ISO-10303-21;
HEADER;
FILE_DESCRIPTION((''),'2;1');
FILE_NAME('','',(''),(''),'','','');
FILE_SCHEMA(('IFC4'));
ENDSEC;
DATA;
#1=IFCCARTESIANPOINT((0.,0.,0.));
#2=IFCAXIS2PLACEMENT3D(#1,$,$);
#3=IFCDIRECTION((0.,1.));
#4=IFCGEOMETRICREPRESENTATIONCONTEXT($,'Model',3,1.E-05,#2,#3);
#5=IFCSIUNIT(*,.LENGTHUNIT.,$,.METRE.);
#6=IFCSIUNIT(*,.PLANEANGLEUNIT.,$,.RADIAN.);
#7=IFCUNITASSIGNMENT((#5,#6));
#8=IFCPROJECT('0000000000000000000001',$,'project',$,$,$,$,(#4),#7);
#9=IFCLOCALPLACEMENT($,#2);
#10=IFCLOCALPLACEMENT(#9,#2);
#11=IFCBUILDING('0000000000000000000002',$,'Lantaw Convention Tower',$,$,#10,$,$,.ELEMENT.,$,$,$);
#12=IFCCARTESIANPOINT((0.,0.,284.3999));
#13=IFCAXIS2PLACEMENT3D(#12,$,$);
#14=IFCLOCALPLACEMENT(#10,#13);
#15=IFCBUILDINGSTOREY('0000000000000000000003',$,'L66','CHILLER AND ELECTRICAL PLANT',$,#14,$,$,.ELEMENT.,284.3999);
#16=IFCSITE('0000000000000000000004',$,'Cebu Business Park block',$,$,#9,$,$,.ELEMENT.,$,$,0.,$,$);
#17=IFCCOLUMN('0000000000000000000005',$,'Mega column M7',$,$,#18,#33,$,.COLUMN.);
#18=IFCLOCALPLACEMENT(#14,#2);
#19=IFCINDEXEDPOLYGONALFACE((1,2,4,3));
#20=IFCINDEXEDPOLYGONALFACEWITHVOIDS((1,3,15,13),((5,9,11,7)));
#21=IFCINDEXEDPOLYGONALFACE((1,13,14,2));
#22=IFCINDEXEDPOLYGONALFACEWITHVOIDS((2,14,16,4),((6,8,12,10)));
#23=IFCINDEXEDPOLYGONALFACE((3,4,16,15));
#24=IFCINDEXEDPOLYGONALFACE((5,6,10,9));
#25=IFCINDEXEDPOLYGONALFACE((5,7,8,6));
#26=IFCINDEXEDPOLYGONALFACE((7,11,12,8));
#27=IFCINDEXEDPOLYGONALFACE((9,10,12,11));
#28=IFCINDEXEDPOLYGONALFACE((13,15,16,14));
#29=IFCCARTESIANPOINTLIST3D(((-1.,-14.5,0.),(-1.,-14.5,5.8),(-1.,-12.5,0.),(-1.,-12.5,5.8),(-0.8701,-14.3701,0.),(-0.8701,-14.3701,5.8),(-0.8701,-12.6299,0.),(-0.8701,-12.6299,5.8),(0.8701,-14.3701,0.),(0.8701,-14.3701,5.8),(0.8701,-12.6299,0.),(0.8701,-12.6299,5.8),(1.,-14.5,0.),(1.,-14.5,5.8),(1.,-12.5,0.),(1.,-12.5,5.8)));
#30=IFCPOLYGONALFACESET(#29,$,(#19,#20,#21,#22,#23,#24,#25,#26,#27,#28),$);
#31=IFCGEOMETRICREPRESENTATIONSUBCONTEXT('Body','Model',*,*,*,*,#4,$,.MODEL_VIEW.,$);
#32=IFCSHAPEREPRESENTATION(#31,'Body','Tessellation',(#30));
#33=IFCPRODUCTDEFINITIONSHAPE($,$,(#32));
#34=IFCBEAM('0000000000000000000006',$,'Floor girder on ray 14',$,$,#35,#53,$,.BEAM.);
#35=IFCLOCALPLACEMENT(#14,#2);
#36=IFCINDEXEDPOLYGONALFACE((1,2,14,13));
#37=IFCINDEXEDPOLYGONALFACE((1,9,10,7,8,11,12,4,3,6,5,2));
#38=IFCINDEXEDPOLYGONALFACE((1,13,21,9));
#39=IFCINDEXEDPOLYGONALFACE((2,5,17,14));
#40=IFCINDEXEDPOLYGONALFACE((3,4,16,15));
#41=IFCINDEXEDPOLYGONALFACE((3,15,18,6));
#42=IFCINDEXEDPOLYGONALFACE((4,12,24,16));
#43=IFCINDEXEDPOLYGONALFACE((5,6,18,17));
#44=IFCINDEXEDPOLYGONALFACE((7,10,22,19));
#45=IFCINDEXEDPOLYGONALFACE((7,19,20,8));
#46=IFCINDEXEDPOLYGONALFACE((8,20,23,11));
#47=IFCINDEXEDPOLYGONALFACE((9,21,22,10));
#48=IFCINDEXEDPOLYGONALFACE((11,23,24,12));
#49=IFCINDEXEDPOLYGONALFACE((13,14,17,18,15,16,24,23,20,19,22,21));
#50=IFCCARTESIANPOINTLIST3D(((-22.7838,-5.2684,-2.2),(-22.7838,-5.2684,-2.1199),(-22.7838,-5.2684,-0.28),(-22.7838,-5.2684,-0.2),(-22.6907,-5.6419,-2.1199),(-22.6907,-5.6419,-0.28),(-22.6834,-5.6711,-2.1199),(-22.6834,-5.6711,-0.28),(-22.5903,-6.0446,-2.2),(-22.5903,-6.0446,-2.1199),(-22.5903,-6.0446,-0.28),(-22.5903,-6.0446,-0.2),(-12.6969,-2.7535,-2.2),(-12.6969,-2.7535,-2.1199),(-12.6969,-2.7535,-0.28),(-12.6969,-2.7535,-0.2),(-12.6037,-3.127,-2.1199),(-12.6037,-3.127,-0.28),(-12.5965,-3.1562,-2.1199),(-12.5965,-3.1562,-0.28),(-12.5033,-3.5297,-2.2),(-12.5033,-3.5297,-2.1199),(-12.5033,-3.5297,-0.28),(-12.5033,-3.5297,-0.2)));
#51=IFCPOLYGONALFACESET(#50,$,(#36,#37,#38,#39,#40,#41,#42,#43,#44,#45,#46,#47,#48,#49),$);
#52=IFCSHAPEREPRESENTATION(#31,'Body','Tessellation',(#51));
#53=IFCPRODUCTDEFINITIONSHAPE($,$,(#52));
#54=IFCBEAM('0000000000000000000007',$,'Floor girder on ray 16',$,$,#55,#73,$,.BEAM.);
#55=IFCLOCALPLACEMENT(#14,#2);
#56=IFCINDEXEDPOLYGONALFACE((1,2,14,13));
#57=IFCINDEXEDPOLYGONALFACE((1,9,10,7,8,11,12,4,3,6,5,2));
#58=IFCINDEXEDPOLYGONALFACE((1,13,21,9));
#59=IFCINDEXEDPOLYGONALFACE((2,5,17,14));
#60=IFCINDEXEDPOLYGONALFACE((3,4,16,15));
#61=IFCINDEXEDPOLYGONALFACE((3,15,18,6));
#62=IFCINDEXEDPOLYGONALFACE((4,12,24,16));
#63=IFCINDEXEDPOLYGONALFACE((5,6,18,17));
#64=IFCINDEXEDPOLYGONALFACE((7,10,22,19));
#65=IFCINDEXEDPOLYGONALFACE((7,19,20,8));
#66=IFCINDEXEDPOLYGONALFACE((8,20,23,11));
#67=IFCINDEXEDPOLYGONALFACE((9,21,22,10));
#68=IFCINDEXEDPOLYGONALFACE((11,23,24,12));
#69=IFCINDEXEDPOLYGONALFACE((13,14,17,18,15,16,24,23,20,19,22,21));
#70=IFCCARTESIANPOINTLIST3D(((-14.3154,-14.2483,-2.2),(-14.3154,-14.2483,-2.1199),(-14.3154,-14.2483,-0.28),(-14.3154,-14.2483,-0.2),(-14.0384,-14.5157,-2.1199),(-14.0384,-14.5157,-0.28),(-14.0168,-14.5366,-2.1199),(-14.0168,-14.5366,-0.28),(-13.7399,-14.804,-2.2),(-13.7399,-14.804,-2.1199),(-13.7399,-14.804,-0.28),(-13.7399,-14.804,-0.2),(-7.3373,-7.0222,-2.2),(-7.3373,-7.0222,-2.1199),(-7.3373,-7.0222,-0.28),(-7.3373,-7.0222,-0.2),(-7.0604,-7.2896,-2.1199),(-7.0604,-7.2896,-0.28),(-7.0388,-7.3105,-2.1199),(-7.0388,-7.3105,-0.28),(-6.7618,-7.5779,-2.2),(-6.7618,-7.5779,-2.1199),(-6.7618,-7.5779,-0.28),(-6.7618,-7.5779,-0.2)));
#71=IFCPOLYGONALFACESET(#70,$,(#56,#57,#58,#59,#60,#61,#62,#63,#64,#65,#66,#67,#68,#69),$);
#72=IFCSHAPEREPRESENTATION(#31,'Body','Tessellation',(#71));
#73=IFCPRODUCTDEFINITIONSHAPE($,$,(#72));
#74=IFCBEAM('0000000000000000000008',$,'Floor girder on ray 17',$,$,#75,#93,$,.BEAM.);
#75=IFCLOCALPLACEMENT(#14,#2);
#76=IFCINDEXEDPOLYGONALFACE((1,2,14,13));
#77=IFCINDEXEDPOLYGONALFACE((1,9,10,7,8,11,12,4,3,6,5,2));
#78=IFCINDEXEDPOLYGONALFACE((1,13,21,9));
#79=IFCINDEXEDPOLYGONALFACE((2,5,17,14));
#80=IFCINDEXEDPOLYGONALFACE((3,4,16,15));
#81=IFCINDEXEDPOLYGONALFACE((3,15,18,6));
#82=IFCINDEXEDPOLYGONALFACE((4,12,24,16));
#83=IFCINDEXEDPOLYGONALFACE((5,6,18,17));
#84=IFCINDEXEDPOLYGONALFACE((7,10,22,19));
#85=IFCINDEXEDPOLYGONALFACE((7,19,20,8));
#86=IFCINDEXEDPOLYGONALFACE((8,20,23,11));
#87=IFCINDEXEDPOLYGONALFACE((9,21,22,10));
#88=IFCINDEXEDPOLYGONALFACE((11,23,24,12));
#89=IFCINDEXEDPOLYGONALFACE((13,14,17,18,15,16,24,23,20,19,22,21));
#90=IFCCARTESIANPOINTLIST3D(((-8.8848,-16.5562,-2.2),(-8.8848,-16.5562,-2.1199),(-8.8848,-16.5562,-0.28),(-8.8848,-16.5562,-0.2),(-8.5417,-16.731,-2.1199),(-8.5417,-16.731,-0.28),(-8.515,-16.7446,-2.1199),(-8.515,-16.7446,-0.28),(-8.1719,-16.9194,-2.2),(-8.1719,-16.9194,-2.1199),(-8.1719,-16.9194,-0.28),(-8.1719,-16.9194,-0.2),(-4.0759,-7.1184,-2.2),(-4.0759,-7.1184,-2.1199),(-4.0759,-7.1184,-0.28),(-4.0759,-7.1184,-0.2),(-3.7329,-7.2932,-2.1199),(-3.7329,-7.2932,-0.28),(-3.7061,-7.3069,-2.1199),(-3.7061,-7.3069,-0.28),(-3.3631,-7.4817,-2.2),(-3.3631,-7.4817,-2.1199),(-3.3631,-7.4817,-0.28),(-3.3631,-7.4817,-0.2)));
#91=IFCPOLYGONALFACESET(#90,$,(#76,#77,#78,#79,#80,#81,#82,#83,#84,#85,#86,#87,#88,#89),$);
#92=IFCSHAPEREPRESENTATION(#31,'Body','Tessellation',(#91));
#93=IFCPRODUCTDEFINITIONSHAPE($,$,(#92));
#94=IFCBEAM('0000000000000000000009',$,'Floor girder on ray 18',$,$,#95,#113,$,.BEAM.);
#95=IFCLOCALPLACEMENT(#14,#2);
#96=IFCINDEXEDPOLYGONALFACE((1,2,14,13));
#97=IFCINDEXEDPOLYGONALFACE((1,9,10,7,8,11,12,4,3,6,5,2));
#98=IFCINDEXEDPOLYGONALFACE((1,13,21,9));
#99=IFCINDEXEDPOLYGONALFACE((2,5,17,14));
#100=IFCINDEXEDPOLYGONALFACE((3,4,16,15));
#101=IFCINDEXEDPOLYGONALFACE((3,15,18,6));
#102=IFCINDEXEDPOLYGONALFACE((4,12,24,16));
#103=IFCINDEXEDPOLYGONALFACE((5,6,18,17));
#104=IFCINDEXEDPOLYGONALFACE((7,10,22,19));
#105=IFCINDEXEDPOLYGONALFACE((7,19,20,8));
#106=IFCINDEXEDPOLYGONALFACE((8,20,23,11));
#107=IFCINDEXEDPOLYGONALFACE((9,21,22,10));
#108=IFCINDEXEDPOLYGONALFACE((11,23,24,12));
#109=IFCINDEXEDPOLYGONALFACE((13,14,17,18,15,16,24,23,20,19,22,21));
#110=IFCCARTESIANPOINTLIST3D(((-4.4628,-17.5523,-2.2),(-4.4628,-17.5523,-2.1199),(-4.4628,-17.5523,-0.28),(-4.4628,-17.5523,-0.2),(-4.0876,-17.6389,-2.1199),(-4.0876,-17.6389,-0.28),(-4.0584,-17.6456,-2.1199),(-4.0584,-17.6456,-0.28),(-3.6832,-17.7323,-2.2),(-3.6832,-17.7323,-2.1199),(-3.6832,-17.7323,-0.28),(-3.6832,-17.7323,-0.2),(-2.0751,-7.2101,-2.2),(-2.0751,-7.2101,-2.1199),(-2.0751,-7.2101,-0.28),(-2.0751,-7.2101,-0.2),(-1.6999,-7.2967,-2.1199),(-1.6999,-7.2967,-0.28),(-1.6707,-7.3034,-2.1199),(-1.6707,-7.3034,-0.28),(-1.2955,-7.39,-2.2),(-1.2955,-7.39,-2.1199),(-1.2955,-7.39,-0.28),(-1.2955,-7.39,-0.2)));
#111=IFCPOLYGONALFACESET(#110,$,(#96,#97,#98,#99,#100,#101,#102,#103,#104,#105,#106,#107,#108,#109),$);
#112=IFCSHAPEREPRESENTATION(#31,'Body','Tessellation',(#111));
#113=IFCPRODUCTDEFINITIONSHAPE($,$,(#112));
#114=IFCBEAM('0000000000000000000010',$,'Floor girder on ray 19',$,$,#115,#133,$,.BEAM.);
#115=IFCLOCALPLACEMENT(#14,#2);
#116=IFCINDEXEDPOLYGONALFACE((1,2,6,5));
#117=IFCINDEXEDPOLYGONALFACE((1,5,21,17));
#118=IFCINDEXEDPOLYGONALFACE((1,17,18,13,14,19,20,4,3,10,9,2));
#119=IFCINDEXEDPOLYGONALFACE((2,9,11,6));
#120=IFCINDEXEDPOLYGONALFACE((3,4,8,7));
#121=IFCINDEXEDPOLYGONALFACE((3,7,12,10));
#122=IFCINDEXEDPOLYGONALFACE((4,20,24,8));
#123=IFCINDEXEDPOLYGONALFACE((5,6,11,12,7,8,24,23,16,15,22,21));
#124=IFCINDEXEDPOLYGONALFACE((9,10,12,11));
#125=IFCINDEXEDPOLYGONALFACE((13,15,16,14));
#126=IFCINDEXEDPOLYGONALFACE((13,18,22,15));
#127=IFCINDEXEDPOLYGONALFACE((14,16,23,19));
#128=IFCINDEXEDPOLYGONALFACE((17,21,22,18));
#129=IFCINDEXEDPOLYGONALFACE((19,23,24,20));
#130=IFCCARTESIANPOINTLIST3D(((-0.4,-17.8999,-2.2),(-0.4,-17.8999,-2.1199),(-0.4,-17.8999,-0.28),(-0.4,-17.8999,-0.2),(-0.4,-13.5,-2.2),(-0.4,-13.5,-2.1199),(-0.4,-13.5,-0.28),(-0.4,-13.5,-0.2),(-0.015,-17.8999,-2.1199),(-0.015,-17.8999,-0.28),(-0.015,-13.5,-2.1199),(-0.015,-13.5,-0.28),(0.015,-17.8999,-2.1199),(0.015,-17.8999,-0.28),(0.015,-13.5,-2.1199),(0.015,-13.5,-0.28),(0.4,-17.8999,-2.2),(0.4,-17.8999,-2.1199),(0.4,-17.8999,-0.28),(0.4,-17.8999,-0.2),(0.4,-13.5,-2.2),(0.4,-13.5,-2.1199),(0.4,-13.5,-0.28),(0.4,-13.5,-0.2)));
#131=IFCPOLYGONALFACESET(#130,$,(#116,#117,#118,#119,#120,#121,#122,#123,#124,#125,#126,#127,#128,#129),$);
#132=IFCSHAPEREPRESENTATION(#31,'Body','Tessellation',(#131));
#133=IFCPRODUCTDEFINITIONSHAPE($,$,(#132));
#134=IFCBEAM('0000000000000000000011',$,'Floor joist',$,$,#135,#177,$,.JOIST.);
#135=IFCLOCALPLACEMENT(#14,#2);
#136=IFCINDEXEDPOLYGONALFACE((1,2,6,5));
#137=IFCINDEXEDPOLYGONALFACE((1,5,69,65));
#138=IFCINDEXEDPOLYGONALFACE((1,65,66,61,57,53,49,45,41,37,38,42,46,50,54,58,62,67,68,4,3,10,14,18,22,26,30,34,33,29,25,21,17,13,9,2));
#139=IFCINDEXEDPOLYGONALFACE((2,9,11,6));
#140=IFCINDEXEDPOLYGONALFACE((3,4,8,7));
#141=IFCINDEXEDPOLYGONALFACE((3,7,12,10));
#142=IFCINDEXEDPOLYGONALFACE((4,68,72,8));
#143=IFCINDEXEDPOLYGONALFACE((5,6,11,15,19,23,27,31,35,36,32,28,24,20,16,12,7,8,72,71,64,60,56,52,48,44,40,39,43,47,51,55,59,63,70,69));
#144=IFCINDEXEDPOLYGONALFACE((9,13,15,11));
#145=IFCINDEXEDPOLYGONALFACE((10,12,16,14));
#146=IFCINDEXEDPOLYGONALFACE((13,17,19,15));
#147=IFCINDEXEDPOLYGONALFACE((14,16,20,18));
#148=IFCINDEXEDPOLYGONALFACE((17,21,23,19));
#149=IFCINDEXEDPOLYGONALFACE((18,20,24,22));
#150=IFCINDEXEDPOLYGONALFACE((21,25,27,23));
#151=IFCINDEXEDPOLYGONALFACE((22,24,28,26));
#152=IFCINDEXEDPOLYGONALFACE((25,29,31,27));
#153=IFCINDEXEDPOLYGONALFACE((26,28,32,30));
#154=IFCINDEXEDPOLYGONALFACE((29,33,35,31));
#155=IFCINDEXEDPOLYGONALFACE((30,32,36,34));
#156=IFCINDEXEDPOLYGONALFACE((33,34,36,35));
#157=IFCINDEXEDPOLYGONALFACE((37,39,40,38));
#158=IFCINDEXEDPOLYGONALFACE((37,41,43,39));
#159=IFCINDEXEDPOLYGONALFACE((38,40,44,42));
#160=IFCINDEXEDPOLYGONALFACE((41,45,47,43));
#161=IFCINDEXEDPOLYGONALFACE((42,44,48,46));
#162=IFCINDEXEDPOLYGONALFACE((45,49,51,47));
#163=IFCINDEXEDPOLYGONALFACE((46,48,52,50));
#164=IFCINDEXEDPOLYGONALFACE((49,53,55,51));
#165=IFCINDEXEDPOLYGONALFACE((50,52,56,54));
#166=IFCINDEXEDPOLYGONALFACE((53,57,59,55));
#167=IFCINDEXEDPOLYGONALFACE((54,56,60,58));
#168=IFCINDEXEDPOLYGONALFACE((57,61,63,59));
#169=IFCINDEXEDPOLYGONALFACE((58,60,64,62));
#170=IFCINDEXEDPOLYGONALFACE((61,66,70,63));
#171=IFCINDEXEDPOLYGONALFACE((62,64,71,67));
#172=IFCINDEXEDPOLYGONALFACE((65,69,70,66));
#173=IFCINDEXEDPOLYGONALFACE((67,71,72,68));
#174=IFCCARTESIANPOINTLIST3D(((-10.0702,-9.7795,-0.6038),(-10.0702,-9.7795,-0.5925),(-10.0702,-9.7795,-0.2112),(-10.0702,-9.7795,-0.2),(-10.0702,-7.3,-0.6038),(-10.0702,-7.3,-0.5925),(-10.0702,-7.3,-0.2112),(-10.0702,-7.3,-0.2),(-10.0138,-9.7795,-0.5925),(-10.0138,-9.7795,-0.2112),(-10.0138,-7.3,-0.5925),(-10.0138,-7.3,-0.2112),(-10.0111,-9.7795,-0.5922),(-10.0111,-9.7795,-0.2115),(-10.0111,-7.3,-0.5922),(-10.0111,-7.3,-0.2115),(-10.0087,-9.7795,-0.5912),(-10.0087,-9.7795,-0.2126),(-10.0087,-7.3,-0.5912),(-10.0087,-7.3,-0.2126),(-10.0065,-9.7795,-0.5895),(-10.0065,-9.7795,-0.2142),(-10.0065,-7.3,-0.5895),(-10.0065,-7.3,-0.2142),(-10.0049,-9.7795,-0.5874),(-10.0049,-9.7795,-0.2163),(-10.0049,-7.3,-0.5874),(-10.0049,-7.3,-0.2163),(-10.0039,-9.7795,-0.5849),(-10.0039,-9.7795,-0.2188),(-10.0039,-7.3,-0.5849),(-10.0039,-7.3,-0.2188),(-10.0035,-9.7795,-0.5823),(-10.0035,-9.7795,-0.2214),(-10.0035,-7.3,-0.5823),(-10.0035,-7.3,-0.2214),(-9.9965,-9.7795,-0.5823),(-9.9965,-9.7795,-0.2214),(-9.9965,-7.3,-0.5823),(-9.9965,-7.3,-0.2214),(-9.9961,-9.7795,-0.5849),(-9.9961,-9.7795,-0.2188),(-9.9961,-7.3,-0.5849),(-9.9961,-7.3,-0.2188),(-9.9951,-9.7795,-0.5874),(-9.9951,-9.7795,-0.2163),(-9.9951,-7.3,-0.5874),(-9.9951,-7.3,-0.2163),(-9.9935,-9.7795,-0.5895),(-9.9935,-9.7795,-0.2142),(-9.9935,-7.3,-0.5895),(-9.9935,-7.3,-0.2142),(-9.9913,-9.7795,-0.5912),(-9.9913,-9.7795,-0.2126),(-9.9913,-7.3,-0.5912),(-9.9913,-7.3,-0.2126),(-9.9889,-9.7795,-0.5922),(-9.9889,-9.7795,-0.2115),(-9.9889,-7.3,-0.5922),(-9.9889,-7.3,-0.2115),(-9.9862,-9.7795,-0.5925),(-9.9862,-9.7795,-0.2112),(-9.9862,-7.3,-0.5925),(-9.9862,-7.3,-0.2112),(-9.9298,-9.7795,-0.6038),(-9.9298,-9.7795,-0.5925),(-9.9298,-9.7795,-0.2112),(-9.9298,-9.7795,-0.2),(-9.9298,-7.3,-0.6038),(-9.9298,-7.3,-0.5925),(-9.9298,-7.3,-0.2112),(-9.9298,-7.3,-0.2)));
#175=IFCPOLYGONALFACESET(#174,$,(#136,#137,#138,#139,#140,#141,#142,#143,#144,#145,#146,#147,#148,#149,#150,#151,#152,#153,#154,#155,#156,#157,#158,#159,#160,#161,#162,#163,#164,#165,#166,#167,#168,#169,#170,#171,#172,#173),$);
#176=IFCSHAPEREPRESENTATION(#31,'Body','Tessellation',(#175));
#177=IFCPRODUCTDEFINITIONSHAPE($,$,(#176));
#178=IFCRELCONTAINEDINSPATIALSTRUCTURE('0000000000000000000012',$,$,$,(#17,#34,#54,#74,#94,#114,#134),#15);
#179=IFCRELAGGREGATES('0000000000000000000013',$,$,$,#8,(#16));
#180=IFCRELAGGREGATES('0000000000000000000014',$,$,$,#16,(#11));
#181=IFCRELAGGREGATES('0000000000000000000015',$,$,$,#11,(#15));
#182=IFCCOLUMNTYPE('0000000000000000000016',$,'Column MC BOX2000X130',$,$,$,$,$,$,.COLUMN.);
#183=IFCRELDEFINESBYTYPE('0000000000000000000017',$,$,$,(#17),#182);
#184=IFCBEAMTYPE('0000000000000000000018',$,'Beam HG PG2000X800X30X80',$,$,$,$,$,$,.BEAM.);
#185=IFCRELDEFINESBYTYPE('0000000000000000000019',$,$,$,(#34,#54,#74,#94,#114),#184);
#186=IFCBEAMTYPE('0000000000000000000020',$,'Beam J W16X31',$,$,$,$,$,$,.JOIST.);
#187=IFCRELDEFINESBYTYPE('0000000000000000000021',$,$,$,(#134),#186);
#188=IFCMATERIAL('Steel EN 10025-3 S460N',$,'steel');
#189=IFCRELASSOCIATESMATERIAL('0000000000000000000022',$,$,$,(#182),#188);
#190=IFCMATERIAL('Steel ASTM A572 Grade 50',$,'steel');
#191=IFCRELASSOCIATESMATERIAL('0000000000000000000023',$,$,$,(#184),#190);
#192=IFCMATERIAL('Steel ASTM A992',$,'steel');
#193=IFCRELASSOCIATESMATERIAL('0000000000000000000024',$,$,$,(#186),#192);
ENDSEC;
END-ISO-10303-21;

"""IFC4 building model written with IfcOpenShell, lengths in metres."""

from ifc_helpers import new_model, si_unit, direction, frame, origin, origin_2d, place, context, subcontext, project, spatial, rectangle, hollow_rectangle, i_section, extrude, material, material_profile, profile_set, type_object, element, save


model = new_model("IFC4")

# Units and contexts
model_context = context("Model", 3, precision=1e-05, world=origin(), true_north=direction((0.0, 1.0)))
body_context = subcontext(model_context, "Body", "Model", "MODEL_VIEW")
ifc_project = project(units=[si_unit("LENGTHUNIT", "METRE"), si_unit("PLANEANGLEUNIT", "RADIAN")], contexts=[model_context])

# Site, building, storey
site_placement = place(None, origin())
site = spatial("IfcSite", under=ifc_project, at=site_placement, Name="Cebu Business Park block", CompositionType="ELEMENT", RefElevation=0.0)
building_placement = place(site_placement, origin())
building = spatial("IfcBuilding", under=site, at=building_placement, Name="Lantaw Convention Tower", CompositionType="ELEMENT")
storey_placement = place(building_placement, frame((0.0, 0.0, 284.3999)))
storey = spatial("IfcBuildingStorey", under=building, at=storey_placement, Name="L66", Description="CHILLER AND ELECTRICAL PLANT", CompositionType="ELEMENT", Elevation=284.3999)

# Column
ifc_material_1 = material(Name="Steel EN 10025-3 S460N", Category="steel")
ifc_material_profile_1 = material_profile(ifc_material_1, hollow_rectangle(XDim=2.0, YDim=2.0, WallThickness=0.1299, at=origin_2d()), Name="BOX2000X130")
ifc_material_2 = material(Name="Concrete C60/75", Category="concrete")
ifc_material_profile_2 = material_profile(ifc_material_2, rectangle(XDim=1.74, YDim=1.74, at=origin_2d()), Name="Concrete fill of BOX2000X130")
ifc_profile_set_1 = profile_set([ifc_material_profile_1, ifc_material_profile_2], Name="Steel EN 10025-3 S460N")
column_type = type_object("IfcColumnType", Name="Column MC BOX2000X130", PredefinedType="COLUMN", material=ifc_profile_set_1)
column_placement = place(storey_placement, frame((0.0, -13.5, 0.0), z_axis=(0.0, 0.0, 1.0), x_axis=(1.0, 0.0, 0.0)))
element("IfcColumn", 1, at=column_placement, inside=storey, type_object=column_type, Name="Mega column M7", PredefinedType="COLUMN", context=body_context, shape_type="SweptSolid", body=[
    extrude(hollow_rectangle(XDim=2.0, YDim=2.0, WallThickness=0.1299, at=origin_2d()), origin(), (0.0, 0.0, 1.0), 5.8),
])

# Beams
ifc_material_3 = material(Name="Steel ASTM A572 Grade 50", Category="steel")
ifc_material_profile_3 = material_profile(ifc_material_3, i_section(OverallWidth=0.8, OverallDepth=2.0, WebThickness=0.03, FlangeThickness=0.0801, at=origin_2d()), Name="PG2000X800X30X80")
ifc_profile_set_2 = profile_set([ifc_material_profile_3], Name="Steel ASTM A572 Grade 50")
beam_type_1 = type_object("IfcBeamType", Name="Beam HG PG2000X800X30X80", PredefinedType="BEAM", material=ifc_profile_set_2)
beam_1_placement = place(storey_placement, frame((-12.6001, -3.1416, -1.2), z_axis=(-0.970297, -0.241917, 0.0), x_axis=(0.241917, -0.970297, 0.0)))
element("IfcBeam", 2, at=beam_1_placement, inside=storey, type_object=beam_type_1, Name="Floor girder on ray 14", PredefinedType="BEAM", context=body_context, shape_type="SweptSolid", body=[
    extrude(i_section(OverallWidth=0.8, OverallDepth=2.0, WebThickness=0.03, FlangeThickness=0.0801, at=origin_2d()), origin(), (0.0, 0.0, 1.0), 10.3958),
])
beam_2_placement = place(storey_placement, frame((-7.0496, -7.3, -1.2), z_axis=(-0.694653, -0.719345, 0.0), x_axis=(0.719345, -0.694653, 0.0)))
element("IfcBeam", 3, at=beam_2_placement, inside=storey, type_object=beam_type_1, Name="Floor girder on ray 16", PredefinedType="BEAM", context=body_context, shape_type="SweptSolid", body=[
    extrude(i_section(OverallWidth=0.8, OverallDepth=2.0, WebThickness=0.03, FlangeThickness=0.0801, at=origin_2d()), origin(), (0.0, 0.0, 1.0), 10.0454),
])
beam_3_placement = place(storey_placement, frame((-3.7195, -7.3, -1.2), z_axis=(-0.453996, -0.891004, 0.0), x_axis=(0.891004, -0.453996, 0.0)))
element("IfcBeam", 4, at=beam_3_placement, inside=storey, type_object=beam_type_1, Name="Floor girder on ray 17", PredefinedType="BEAM", context=body_context, shape_type="SweptSolid", body=[
    extrude(i_section(OverallWidth=0.8, OverallDepth=2.0, WebThickness=0.03, FlangeThickness=0.0801, at=origin_2d()), origin(), (0.0, 0.0, 1.0), 10.5923),
])
beam_4_placement = place(storey_placement, frame((-1.6853, -7.3, -1.2), z_axis=(-0.22495, -0.97437, 0.0), x_axis=(0.97437, -0.22495, 0.0)))
element("IfcBeam", 5, at=beam_4_placement, inside=storey, type_object=beam_type_1, Name="Floor girder on ray 18", PredefinedType="BEAM", context=body_context, shape_type="SweptSolid", body=[
    extrude(i_section(OverallWidth=0.8, OverallDepth=2.0, WebThickness=0.03, FlangeThickness=0.0801, at=origin_2d()), origin(), (0.0, 0.0, 1.0), 10.6143),
])
beam_5_placement = place(storey_placement, frame((0.0, -13.5, -1.2), z_axis=(0.0, -1.0, 0.0), x_axis=(1.0, 0.0, 0.0)))
element("IfcBeam", 6, at=beam_5_placement, inside=storey, type_object=beam_type_1, Name="Floor girder on ray 19", PredefinedType="BEAM", context=body_context, shape_type="SweptSolid", body=[
    extrude(i_section(OverallWidth=0.8, OverallDepth=2.0, WebThickness=0.03, FlangeThickness=0.0801, at=origin_2d()), origin(), (0.0, 0.0, 1.0), 4.3999),
])
ifc_material_4 = material(Name="Steel ASTM A992", Category="steel")
ifc_material_profile_4 = material_profile(ifc_material_4, i_section(OverallWidth=0.1404, OverallDepth=0.4038, WebThickness=0.0071, FlangeThickness=0.0112, FilletRadius=0.0103, at=origin_2d()), Name="W16X31")
ifc_profile_set_3 = profile_set([ifc_material_profile_4], Name="Steel ASTM A992")
beam_type_2 = type_object("IfcBeamType", Name="Beam J W16X31", PredefinedType="JOIST", material=ifc_profile_set_3)
beam_6_placement = place(storey_placement, frame((-10.0, -9.7795, -0.4019), z_axis=(0.0, 1.0, 0.0), x_axis=(-1.0, 0.0, 0.0)))
element("IfcBeam", 7, at=beam_6_placement, inside=storey, type_object=beam_type_2, Name="Floor joist", PredefinedType="JOIST", context=body_context, shape_type="SweptSolid", body=[
    extrude(i_section(OverallWidth=0.1404, OverallDepth=0.4038, WebThickness=0.0071, FlangeThickness=0.0112, FilletRadius=0.0103, at=origin_2d()), origin(), (0.0, 0.0, 1.0), 2.4795),
])

save(model, "model.ifc")
